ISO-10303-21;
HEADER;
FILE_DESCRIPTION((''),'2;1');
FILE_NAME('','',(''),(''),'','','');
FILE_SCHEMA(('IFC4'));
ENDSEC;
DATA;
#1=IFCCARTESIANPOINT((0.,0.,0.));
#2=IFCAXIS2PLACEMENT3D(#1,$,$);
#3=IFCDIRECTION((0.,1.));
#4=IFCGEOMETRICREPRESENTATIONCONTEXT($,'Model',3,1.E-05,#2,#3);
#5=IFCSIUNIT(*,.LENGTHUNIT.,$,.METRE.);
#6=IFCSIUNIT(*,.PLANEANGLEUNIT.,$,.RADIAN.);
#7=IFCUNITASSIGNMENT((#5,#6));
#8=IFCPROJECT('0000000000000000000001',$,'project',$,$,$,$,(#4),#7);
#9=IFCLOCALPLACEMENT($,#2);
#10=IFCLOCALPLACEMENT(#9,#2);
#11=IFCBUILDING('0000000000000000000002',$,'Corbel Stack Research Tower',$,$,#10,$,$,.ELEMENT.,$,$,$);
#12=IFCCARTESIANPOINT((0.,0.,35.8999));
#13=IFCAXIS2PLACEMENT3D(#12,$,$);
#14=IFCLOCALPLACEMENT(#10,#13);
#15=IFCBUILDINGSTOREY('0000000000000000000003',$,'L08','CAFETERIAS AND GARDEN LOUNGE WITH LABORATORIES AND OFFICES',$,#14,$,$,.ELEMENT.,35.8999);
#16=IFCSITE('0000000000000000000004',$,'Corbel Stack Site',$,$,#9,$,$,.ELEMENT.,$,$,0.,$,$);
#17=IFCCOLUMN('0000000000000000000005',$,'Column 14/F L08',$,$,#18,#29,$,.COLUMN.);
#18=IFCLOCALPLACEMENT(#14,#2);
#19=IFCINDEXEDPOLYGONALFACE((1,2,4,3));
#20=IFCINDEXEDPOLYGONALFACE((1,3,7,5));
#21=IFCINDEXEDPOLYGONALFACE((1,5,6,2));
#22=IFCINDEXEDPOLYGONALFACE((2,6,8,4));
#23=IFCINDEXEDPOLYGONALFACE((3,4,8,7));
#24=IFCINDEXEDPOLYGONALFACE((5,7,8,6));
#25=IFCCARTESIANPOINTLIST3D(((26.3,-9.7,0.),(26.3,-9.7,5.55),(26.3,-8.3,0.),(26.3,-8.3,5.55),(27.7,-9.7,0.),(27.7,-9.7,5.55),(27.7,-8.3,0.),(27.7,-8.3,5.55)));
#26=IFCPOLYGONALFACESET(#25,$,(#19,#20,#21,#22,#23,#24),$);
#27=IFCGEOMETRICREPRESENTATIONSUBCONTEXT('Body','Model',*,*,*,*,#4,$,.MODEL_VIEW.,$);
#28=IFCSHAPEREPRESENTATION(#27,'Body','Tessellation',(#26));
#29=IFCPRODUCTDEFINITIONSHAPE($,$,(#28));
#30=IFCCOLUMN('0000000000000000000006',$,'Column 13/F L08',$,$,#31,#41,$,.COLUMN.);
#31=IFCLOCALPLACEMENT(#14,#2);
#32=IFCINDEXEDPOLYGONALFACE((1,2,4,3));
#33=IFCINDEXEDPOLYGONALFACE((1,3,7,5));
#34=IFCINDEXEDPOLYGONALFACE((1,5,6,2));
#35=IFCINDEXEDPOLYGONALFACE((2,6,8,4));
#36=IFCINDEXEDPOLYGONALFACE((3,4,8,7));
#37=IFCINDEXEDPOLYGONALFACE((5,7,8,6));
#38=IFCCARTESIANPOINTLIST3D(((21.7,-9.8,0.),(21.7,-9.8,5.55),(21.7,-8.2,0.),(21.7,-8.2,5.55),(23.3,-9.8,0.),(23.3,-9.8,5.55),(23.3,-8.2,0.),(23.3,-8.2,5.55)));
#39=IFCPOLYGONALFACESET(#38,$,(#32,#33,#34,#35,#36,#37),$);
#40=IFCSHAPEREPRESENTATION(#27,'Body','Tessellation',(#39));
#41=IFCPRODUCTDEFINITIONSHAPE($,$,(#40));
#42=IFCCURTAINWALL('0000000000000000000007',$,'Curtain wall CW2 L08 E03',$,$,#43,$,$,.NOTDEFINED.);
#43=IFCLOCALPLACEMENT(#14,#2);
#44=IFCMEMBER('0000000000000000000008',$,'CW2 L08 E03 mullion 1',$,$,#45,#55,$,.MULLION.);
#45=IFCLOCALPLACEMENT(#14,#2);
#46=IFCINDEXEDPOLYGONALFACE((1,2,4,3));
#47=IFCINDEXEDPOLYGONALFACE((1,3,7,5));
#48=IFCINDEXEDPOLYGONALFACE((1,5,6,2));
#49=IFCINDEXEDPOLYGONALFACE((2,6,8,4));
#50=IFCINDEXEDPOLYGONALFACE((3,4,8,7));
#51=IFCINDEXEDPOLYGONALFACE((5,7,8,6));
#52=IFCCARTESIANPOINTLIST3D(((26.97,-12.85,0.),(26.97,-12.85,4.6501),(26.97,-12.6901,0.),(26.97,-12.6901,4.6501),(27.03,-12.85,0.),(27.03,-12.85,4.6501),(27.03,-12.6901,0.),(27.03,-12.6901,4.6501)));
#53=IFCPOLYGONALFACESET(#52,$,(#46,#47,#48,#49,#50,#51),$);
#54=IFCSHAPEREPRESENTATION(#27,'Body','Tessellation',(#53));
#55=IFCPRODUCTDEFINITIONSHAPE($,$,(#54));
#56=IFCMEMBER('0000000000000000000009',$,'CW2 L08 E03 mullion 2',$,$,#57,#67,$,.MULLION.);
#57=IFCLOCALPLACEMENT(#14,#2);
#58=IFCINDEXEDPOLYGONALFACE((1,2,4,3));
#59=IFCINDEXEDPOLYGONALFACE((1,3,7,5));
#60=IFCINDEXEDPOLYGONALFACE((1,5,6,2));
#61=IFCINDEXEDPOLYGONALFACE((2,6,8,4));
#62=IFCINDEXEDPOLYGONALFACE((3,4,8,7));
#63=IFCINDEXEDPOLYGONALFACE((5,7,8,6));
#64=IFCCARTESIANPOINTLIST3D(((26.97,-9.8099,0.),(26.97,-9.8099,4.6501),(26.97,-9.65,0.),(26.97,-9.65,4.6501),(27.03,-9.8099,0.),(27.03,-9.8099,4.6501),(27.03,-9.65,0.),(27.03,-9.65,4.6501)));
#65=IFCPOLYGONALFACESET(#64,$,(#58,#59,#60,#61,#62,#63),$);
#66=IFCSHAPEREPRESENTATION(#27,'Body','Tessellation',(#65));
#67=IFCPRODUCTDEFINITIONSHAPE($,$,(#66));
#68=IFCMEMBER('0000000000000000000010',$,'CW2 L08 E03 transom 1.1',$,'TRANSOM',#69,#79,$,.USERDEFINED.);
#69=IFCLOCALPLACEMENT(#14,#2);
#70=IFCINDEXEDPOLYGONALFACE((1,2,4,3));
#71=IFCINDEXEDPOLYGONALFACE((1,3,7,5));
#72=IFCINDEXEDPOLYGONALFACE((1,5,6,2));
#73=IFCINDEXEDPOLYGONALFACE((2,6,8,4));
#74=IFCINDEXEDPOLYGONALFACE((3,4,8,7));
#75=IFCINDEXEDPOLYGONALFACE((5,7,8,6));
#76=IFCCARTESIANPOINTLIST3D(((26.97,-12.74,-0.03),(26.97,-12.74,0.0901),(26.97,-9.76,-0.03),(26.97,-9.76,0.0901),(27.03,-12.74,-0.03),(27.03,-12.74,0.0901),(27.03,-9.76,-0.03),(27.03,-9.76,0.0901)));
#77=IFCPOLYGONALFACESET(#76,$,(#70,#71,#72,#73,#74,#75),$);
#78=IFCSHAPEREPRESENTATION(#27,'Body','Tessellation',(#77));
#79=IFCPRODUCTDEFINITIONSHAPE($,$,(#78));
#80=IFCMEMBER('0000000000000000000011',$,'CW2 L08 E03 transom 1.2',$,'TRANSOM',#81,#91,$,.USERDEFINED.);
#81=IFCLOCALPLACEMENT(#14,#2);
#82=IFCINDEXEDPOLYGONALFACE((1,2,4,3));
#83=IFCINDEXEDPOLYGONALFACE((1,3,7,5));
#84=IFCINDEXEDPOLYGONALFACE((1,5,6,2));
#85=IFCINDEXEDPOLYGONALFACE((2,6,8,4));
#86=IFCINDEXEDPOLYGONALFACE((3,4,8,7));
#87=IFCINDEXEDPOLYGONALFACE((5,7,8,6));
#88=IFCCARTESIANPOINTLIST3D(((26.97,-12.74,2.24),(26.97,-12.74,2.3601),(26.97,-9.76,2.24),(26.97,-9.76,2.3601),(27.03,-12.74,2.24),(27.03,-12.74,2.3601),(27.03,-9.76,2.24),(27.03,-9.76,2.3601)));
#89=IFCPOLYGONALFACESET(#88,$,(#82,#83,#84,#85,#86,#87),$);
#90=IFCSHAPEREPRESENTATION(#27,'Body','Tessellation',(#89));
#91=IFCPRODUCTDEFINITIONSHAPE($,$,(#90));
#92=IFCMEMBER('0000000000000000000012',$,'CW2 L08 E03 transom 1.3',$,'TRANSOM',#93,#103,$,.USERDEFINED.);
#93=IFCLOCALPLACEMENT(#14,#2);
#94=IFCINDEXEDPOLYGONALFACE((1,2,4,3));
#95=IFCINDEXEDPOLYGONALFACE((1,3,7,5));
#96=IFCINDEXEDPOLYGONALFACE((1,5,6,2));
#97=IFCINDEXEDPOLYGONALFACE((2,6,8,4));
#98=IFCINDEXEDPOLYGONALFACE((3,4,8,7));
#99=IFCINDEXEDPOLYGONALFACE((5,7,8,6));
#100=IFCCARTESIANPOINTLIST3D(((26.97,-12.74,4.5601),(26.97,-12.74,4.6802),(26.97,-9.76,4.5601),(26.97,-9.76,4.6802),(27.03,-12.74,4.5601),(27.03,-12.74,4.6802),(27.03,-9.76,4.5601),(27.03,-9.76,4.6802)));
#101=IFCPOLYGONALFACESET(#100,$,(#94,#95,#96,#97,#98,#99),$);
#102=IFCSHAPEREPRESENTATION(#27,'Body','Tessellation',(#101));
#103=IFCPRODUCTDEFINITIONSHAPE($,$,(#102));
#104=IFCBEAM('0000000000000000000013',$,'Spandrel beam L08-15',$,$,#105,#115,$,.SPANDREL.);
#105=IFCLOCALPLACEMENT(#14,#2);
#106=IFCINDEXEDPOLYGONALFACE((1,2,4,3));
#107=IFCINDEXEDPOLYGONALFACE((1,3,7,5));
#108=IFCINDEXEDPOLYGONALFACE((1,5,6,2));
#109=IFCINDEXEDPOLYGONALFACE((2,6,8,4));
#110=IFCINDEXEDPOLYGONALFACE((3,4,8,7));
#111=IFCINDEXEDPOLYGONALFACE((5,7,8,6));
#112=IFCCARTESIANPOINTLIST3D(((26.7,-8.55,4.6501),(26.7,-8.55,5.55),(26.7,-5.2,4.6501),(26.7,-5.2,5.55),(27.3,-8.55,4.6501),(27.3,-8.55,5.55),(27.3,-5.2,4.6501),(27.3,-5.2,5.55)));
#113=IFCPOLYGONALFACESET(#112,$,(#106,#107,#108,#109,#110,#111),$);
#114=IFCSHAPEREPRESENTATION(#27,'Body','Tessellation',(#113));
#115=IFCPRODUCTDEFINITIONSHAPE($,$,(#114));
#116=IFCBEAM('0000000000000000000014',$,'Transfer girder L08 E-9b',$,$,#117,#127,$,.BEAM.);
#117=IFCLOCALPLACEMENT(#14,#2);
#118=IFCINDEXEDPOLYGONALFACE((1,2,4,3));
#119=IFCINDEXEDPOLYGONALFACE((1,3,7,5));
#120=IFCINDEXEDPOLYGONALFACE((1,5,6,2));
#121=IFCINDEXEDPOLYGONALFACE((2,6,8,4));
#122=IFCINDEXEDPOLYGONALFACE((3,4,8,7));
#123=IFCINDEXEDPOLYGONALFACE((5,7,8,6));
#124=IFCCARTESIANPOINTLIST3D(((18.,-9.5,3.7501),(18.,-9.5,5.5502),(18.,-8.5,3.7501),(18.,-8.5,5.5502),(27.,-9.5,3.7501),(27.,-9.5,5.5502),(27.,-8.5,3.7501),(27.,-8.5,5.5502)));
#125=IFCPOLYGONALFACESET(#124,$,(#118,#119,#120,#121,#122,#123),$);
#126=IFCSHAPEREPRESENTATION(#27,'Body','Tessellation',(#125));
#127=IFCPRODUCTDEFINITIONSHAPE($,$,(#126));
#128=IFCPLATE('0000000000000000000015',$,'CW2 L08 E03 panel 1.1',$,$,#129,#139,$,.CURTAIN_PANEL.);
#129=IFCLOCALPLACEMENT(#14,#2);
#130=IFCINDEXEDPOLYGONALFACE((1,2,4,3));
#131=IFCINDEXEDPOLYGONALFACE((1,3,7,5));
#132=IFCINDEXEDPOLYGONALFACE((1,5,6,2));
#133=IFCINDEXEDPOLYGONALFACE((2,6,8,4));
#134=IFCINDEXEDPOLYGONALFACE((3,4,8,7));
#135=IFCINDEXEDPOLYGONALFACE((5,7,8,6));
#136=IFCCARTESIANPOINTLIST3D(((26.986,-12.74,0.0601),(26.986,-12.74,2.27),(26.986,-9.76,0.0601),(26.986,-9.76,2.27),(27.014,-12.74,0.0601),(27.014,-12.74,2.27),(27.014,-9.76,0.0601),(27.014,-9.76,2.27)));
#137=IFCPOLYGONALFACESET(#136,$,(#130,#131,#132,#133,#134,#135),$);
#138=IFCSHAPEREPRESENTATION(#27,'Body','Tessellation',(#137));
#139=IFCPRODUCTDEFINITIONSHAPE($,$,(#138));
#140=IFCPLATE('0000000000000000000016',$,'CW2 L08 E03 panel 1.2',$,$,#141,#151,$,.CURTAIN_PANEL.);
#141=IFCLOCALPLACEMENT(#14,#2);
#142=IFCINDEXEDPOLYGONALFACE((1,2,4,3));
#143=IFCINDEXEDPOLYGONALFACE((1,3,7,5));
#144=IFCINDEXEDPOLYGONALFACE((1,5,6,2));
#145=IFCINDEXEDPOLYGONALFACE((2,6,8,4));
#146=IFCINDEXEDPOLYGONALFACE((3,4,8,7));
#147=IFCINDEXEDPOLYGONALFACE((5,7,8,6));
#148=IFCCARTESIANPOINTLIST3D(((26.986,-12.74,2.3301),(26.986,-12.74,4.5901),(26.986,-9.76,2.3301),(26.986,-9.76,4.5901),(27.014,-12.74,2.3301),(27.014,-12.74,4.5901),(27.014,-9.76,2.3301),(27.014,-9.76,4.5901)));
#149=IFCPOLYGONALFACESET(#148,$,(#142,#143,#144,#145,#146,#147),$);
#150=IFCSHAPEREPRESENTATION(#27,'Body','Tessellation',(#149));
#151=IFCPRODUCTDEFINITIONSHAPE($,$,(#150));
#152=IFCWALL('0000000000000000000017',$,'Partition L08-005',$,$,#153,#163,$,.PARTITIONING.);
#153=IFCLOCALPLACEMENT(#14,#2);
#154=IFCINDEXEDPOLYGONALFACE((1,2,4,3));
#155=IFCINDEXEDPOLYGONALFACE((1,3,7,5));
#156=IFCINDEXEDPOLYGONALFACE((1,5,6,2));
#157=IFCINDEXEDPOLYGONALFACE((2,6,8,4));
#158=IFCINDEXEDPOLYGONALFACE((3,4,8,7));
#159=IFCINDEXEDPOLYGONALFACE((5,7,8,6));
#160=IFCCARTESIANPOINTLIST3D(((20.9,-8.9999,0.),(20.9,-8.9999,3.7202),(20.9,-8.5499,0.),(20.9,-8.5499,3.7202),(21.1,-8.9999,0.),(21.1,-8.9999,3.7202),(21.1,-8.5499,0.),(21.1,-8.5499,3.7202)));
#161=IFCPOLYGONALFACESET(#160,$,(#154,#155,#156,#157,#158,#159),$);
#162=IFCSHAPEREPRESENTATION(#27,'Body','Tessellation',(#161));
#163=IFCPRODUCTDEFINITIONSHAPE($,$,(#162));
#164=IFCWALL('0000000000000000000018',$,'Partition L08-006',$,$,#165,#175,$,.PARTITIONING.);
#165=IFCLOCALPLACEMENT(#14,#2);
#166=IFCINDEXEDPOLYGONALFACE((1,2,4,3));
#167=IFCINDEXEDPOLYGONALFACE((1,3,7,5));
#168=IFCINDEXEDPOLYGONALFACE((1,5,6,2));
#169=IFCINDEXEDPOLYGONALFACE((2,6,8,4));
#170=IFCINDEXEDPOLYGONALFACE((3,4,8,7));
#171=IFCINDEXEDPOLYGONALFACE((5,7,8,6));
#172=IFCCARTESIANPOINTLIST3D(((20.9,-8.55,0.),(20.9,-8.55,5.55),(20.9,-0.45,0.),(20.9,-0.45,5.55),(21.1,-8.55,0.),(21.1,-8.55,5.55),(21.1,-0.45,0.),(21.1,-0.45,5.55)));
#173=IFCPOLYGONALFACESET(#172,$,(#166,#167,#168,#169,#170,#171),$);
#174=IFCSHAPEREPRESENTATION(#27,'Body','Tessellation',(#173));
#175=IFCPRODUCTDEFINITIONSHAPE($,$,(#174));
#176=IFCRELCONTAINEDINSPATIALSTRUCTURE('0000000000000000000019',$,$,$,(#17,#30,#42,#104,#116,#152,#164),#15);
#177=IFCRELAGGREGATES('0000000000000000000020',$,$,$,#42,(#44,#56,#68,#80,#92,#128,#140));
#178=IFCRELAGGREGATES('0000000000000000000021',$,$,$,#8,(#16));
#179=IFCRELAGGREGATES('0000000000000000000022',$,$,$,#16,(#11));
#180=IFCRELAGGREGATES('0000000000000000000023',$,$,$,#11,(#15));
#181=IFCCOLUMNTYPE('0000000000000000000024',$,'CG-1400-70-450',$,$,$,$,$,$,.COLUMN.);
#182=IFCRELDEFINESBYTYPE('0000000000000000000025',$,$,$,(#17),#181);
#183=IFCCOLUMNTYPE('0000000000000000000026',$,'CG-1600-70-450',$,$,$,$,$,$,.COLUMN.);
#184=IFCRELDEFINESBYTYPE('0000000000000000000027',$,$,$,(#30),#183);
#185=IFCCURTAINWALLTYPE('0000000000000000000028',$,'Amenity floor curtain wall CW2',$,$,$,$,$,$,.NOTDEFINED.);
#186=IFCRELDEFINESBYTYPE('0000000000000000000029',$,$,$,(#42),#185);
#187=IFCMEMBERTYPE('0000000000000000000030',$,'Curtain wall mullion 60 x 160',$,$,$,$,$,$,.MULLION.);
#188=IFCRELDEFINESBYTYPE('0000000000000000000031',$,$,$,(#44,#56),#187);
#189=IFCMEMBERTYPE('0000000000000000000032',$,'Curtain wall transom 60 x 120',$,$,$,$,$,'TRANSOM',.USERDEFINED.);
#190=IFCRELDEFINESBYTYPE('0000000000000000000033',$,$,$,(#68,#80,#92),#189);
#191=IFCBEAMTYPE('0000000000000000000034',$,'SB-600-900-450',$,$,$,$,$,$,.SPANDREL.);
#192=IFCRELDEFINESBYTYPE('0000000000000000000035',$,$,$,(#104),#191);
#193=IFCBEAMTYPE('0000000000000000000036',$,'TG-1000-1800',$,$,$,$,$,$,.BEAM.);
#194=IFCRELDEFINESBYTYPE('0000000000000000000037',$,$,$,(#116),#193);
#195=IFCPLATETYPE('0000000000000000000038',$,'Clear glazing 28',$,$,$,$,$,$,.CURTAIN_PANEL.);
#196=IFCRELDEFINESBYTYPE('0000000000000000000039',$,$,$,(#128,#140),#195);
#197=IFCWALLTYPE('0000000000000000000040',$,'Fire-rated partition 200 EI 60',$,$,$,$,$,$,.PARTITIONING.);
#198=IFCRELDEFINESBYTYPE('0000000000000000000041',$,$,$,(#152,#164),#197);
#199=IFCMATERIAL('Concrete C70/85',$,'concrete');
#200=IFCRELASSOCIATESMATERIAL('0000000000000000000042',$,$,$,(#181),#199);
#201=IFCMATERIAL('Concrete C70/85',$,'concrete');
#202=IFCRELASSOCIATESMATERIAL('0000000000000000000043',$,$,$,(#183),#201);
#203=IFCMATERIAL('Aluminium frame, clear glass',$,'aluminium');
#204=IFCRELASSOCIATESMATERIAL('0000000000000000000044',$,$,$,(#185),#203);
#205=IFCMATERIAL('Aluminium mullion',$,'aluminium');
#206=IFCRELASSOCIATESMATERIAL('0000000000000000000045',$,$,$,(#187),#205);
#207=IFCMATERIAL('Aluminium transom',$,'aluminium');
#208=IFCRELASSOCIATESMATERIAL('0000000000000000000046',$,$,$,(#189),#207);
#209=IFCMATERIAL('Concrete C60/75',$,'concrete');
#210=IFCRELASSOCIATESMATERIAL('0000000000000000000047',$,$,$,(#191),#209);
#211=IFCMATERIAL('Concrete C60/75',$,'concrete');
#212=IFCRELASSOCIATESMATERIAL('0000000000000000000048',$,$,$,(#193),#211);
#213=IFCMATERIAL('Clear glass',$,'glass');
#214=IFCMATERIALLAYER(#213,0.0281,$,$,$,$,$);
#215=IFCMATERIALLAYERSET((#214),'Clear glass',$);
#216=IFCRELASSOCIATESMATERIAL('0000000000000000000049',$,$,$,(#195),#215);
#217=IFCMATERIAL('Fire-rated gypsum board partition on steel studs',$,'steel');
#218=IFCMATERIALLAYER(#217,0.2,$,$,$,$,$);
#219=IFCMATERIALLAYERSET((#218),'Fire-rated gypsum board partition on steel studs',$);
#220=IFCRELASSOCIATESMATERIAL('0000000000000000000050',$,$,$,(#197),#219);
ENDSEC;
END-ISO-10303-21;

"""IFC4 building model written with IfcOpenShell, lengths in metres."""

from ifc_helpers import new_model, si_unit, direction, frame, frame_2d, origin, origin_2d, place, context, subcontext, project, spatial, rectangle, extrude, material, layer, layer_set, material_profile, profile_set, type_object, element, aggregate, save


model = new_model("IFC4")

# Units and contexts
model_context = context("Model", 3, precision=1e-05, world=origin(), true_north=direction((0.0, 1.0)))
body_context = subcontext(model_context, "Body", "Model", "MODEL_VIEW")
ifc_project = project(units=[si_unit("LENGTHUNIT", "METRE"), si_unit("PLANEANGLEUNIT", "RADIAN")], contexts=[model_context])

# Site, building, storey
site_placement = place(None, origin())
site = spatial("IfcSite", under=ifc_project, at=site_placement, Name="Corbel Stack Site", CompositionType="ELEMENT", RefElevation=0.0)
building_placement = place(site_placement, origin())
building = spatial("IfcBuilding", under=site, at=building_placement, Name="Corbel Stack Research Tower", CompositionType="ELEMENT")
storey_placement = place(building_placement, frame((0.0, 0.0, 35.8999)))
storey = spatial("IfcBuildingStorey", under=building, at=storey_placement, Name="L08", Description="CAFETERIAS AND GARDEN LOUNGE WITH LABORATORIES AND OFFICES", CompositionType="ELEMENT", Elevation=35.8999)

# Columns
ifc_material_1 = material(Name="Concrete C70/85", Category="concrete")
ifc_material_profile_1 = material_profile(ifc_material_1, rectangle(XDim=1.3999, YDim=1.3999, at=origin_2d()), Name="RC 1400 x 1400")
ifc_profile_set_1 = profile_set([ifc_material_profile_1], Name="Concrete C70/85")
column_type_1 = type_object("IfcColumnType", Name="CG-1400-70-450", PredefinedType="COLUMN", material=ifc_profile_set_1)
column_1_placement = place(storey_placement, frame((27.0, -9.0, 0.0), z_axis=(0.0, 0.0, 1.0), x_axis=(1.0, 0.0, 0.0)))
element("IfcColumn", 1, at=column_1_placement, inside=storey, type_object=column_type_1, Name="Column 14/F L08", PredefinedType="COLUMN", context=body_context, shape_type="SweptSolid", body=[
    extrude(rectangle(XDim=1.3999, YDim=1.3999, at=origin_2d()), origin(), (0.0, 0.0, 1.0), 5.55),
])
ifc_material_2 = material(Name="Concrete C70/85", Category="concrete")
ifc_material_profile_2 = material_profile(ifc_material_2, rectangle(XDim=1.6001, YDim=1.6001, at=origin_2d()), Name="RC 1600 x 1600")
ifc_profile_set_2 = profile_set([ifc_material_profile_2], Name="Concrete C70/85")
column_type_2 = type_object("IfcColumnType", Name="CG-1600-70-450", PredefinedType="COLUMN", material=ifc_profile_set_2)
column_2_placement = place(storey_placement, frame((22.5, -9.0, 0.0), z_axis=(0.0, 0.0, 1.0), x_axis=(1.0, 0.0, 0.0)))
element("IfcColumn", 2, at=column_2_placement, inside=storey, type_object=column_type_2, Name="Column 13/F L08", PredefinedType="COLUMN", context=body_context, shape_type="SweptSolid", body=[
    extrude(rectangle(XDim=1.6001, YDim=1.6001, at=origin_2d()), origin(), (0.0, 0.0, 1.0), 5.55),
])

# Curtain wall, members
ifc_material_3 = material(Name="Aluminium frame, clear glass", Category="aluminium")
curtain_wall_type = type_object("IfcCurtainWallType", Name="Amenity floor curtain wall CW2", PredefinedType="NOTDEFINED", material=ifc_material_3)
curtain_wall_placement = place(storey_placement, origin())
curtain_wall = element("IfcCurtainWall", 3, at=curtain_wall_placement, inside=storey, type_object=curtain_wall_type, Name="Curtain wall CW2 L08 E03", PredefinedType="NOTDEFINED")
ifc_material_4 = material(Name="Aluminium mullion", Category="aluminium")
ifc_material_profile_3 = material_profile(ifc_material_4, rectangle(XDim=0.0601, YDim=0.1599, at=origin_2d()), Name="Mullion 60 x 160")
ifc_profile_set_3 = profile_set([ifc_material_profile_3], Name="Aluminium mullion")
member_type_1 = type_object("IfcMemberType", Name="Curtain wall mullion 60 x 160", PredefinedType="MULLION", material=ifc_profile_set_3)
member_1_placement = place(storey_placement, frame((27.0, -12.77, 0.0), z_axis=(0.0, 0.0, 1.0), x_axis=(-1.0, 0.0, 0.0)))
member_1 = element("IfcMember", 4, at=member_1_placement, type_object=member_type_1, Name="CW2 L08 E03 mullion 1", PredefinedType="MULLION", context=body_context, shape_type="SweptSolid", body=[
    extrude(rectangle(XDim=0.0601, YDim=0.1599, at=origin_2d()), origin(), (0.0, 0.0, 1.0), 4.6501),
])
member_2_placement = place(storey_placement, frame((27.0, -9.73, 0.0), z_axis=(0.0, 0.0, 1.0), x_axis=(-1.0, 0.0, 0.0)))
member_2 = element("IfcMember", 5, at=member_2_placement, type_object=member_type_1, Name="CW2 L08 E03 mullion 2", PredefinedType="MULLION", context=body_context, shape_type="SweptSolid", body=[
    extrude(rectangle(XDim=0.0601, YDim=0.1599, at=origin_2d()), origin(), (0.0, 0.0, 1.0), 4.6501),
])
ifc_material_5 = material(Name="Aluminium transom", Category="aluminium")
ifc_material_profile_4 = material_profile(ifc_material_5, rectangle(XDim=0.0601, YDim=0.1201, at=origin_2d()), Name="Transom 60 x 120")
ifc_profile_set_4 = profile_set([ifc_material_profile_4], Name="Aluminium transom")
member_type_2 = type_object("IfcMemberType", Name="Curtain wall transom 60 x 120", ElementType="TRANSOM", PredefinedType="USERDEFINED", material=ifc_profile_set_4)
member_3_placement = place(storey_placement, frame((27.0, -12.74, 0.03), z_axis=(0.0, 1.0, 0.0), x_axis=(-1.0, 0.0, 0.0)))
member_3 = element("IfcMember", 6, at=member_3_placement, type_object=member_type_2, Name="CW2 L08 E03 transom 1.1", ObjectType="TRANSOM", PredefinedType="USERDEFINED", context=body_context, shape_type="SweptSolid", body=[
    extrude(rectangle(XDim=0.0601, YDim=0.1201, at=origin_2d()), origin(), (0.0, 0.0, 1.0), 2.98),
])
member_4_placement = place(storey_placement, frame((27.0, -12.74, 2.3), z_axis=(0.0, 1.0, 0.0), x_axis=(-1.0, 0.0, 0.0)))
member_4 = element("IfcMember", 7, at=member_4_placement, type_object=member_type_2, Name="CW2 L08 E03 transom 1.2", ObjectType="TRANSOM", PredefinedType="USERDEFINED", context=body_context, shape_type="SweptSolid", body=[
    extrude(rectangle(XDim=0.0601, YDim=0.1201, at=origin_2d()), origin(), (0.0, 0.0, 1.0), 2.98),
])
member_5_placement = place(storey_placement, frame((27.0, -12.74, 4.6201), z_axis=(0.0, 1.0, 0.0), x_axis=(-1.0, 0.0, 0.0)))
member_5 = element("IfcMember", 8, at=member_5_placement, type_object=member_type_2, Name="CW2 L08 E03 transom 1.3", ObjectType="TRANSOM", PredefinedType="USERDEFINED", context=body_context, shape_type="SweptSolid", body=[
    extrude(rectangle(XDim=0.0601, YDim=0.1201, at=origin_2d()), origin(), (0.0, 0.0, 1.0), 2.98),
])

# Beams
ifc_material_6 = material(Name="Concrete C60/75", Category="concrete")
ifc_material_profile_5 = material_profile(ifc_material_6, rectangle(XDim=0.6001, YDim=0.8999, at=origin_2d()), Name="RC 600 x 900")
ifc_profile_set_5 = profile_set([ifc_material_profile_5], Name="Concrete C60/75")
beam_type_1 = type_object("IfcBeamType", Name="SB-600-900-450", PredefinedType="SPANDREL", material=ifc_profile_set_5)
beam_1_placement = place(storey_placement, frame((27.0, -8.55, 5.1001), z_axis=(0.0, 1.0, 0.0), x_axis=(-1.0, 0.0, 0.0)))
element("IfcBeam", 9, at=beam_1_placement, inside=storey, type_object=beam_type_1, Name="Spandrel beam L08-15", PredefinedType="SPANDREL", context=body_context, shape_type="SweptSolid", body=[
    extrude(rectangle(XDim=0.6001, YDim=0.8999, at=origin_2d()), origin(), (0.0, 0.0, 1.0), 3.3501),
])
ifc_material_7 = material(Name="Concrete C60/75", Category="concrete")
ifc_material_profile_6 = material_profile(ifc_material_7, rectangle(XDim=1.0, YDim=1.8, at=origin_2d()), Name="RC 1000 x 1800")
ifc_profile_set_6 = profile_set([ifc_material_profile_6], Name="Concrete C60/75")
beam_type_2 = type_object("IfcBeamType", Name="TG-1000-1800", PredefinedType="BEAM", material=ifc_profile_set_6)
beam_2_placement = place(storey_placement, frame((27.0, -9.0, 4.6501), z_axis=(-1.0, 0.0, 0.0), x_axis=(0.0, -1.0, 0.0)))
element("IfcBeam", 10, at=beam_2_placement, inside=storey, type_object=beam_type_2, Name="Transfer girder L08 E-9b", PredefinedType="BEAM", context=body_context, shape_type="SweptSolid", body=[
    extrude(rectangle(XDim=1.0, YDim=1.8, at=origin_2d()), origin(), (0.0, 0.0, 1.0), 9.0),
])

# Plates
ifc_material_8 = material(Name="Clear glass", Category="glass")
ifc_layer_1 = layer(ifc_material_8, 0.0281)
ifc_layer_set_1 = layer_set([ifc_layer_1], Name="Clear glass")
plate_type = type_object("IfcPlateType", Name="Clear glazing 28", PredefinedType="CURTAIN_PANEL", material=ifc_layer_set_1)
plate_1_placement = place(storey_placement, frame((27.0, -11.25, 0.0601), z_axis=(0.0, 0.0, 1.0), x_axis=(0.0, 1.0, 0.0)))
plate_1 = element("IfcPlate", 11, at=plate_1_placement, type_object=plate_type, Name="CW2 L08 E03 panel 1.1", PredefinedType="CURTAIN_PANEL", context=body_context, shape_type="SweptSolid", body=[
    extrude(rectangle(XDim=2.98, YDim=0.0281, at=origin_2d()), origin(), (0.0, 0.0, 1.0), 2.21),
])
plate_2_placement = place(storey_placement, frame((27.0, -11.25, 2.3301), z_axis=(0.0, 0.0, 1.0), x_axis=(0.0, 1.0, 0.0)))
plate_2 = element("IfcPlate", 12, at=plate_2_placement, type_object=plate_type, Name="CW2 L08 E03 panel 1.2", PredefinedType="CURTAIN_PANEL", context=body_context, shape_type="SweptSolid", body=[
    extrude(rectangle(XDim=2.98, YDim=0.0281, at=origin_2d()), origin(), (0.0, 0.0, 1.0), 2.26),
])
aggregate(curtain_wall, [member_1, member_2, member_3, member_4, member_5, plate_1, plate_2])

# Walls
ifc_material_9 = material(Name="Fire-rated gypsum board partition on steel studs", Category="steel")
ifc_layer_2 = layer(ifc_material_9, 0.2)
ifc_layer_set_2 = layer_set([ifc_layer_2], Name="Fire-rated gypsum board partition on steel studs")
wall_type_1 = type_object("IfcWallType", Name="Fire-rated partition 200 EI 60", PredefinedType="PARTITIONING", material=ifc_layer_set_2)
wall_1_placement = place(storey_placement, frame((21.0, -9.0, 0.0), z_axis=(0.0, 0.0, 1.0), x_axis=(0.0, 1.0, 0.0)))
element("IfcWall", 13, at=wall_1_placement, inside=storey, type_object=wall_type_1, Name="Partition L08-005", PredefinedType="PARTITIONING", context=body_context, shape_type="SweptSolid", body=[
    extrude(rectangle(XDim=0.45, YDim=0.2, at=frame_2d((0.2251, 0.0))), origin(), (0.0, 0.0, 1.0), 3.7202),
])
wall_2_placement = place(storey_placement, frame((21.0, -8.55, 0.0), z_axis=(0.0, 0.0, 1.0), x_axis=(0.0, 1.0, 0.0)))
element("IfcWall", 14, at=wall_2_placement, inside=storey, type_object=wall_type_1, Name="Partition L08-006", PredefinedType="PARTITIONING", context=body_context, shape_type="SweptSolid", body=[
    extrude(rectangle(XDim=8.1001, YDim=0.2, at=frame_2d((4.05, 0.0))), origin(), (0.0, 0.0, 1.0), 5.55),
])

save(model, "model.ifc")
